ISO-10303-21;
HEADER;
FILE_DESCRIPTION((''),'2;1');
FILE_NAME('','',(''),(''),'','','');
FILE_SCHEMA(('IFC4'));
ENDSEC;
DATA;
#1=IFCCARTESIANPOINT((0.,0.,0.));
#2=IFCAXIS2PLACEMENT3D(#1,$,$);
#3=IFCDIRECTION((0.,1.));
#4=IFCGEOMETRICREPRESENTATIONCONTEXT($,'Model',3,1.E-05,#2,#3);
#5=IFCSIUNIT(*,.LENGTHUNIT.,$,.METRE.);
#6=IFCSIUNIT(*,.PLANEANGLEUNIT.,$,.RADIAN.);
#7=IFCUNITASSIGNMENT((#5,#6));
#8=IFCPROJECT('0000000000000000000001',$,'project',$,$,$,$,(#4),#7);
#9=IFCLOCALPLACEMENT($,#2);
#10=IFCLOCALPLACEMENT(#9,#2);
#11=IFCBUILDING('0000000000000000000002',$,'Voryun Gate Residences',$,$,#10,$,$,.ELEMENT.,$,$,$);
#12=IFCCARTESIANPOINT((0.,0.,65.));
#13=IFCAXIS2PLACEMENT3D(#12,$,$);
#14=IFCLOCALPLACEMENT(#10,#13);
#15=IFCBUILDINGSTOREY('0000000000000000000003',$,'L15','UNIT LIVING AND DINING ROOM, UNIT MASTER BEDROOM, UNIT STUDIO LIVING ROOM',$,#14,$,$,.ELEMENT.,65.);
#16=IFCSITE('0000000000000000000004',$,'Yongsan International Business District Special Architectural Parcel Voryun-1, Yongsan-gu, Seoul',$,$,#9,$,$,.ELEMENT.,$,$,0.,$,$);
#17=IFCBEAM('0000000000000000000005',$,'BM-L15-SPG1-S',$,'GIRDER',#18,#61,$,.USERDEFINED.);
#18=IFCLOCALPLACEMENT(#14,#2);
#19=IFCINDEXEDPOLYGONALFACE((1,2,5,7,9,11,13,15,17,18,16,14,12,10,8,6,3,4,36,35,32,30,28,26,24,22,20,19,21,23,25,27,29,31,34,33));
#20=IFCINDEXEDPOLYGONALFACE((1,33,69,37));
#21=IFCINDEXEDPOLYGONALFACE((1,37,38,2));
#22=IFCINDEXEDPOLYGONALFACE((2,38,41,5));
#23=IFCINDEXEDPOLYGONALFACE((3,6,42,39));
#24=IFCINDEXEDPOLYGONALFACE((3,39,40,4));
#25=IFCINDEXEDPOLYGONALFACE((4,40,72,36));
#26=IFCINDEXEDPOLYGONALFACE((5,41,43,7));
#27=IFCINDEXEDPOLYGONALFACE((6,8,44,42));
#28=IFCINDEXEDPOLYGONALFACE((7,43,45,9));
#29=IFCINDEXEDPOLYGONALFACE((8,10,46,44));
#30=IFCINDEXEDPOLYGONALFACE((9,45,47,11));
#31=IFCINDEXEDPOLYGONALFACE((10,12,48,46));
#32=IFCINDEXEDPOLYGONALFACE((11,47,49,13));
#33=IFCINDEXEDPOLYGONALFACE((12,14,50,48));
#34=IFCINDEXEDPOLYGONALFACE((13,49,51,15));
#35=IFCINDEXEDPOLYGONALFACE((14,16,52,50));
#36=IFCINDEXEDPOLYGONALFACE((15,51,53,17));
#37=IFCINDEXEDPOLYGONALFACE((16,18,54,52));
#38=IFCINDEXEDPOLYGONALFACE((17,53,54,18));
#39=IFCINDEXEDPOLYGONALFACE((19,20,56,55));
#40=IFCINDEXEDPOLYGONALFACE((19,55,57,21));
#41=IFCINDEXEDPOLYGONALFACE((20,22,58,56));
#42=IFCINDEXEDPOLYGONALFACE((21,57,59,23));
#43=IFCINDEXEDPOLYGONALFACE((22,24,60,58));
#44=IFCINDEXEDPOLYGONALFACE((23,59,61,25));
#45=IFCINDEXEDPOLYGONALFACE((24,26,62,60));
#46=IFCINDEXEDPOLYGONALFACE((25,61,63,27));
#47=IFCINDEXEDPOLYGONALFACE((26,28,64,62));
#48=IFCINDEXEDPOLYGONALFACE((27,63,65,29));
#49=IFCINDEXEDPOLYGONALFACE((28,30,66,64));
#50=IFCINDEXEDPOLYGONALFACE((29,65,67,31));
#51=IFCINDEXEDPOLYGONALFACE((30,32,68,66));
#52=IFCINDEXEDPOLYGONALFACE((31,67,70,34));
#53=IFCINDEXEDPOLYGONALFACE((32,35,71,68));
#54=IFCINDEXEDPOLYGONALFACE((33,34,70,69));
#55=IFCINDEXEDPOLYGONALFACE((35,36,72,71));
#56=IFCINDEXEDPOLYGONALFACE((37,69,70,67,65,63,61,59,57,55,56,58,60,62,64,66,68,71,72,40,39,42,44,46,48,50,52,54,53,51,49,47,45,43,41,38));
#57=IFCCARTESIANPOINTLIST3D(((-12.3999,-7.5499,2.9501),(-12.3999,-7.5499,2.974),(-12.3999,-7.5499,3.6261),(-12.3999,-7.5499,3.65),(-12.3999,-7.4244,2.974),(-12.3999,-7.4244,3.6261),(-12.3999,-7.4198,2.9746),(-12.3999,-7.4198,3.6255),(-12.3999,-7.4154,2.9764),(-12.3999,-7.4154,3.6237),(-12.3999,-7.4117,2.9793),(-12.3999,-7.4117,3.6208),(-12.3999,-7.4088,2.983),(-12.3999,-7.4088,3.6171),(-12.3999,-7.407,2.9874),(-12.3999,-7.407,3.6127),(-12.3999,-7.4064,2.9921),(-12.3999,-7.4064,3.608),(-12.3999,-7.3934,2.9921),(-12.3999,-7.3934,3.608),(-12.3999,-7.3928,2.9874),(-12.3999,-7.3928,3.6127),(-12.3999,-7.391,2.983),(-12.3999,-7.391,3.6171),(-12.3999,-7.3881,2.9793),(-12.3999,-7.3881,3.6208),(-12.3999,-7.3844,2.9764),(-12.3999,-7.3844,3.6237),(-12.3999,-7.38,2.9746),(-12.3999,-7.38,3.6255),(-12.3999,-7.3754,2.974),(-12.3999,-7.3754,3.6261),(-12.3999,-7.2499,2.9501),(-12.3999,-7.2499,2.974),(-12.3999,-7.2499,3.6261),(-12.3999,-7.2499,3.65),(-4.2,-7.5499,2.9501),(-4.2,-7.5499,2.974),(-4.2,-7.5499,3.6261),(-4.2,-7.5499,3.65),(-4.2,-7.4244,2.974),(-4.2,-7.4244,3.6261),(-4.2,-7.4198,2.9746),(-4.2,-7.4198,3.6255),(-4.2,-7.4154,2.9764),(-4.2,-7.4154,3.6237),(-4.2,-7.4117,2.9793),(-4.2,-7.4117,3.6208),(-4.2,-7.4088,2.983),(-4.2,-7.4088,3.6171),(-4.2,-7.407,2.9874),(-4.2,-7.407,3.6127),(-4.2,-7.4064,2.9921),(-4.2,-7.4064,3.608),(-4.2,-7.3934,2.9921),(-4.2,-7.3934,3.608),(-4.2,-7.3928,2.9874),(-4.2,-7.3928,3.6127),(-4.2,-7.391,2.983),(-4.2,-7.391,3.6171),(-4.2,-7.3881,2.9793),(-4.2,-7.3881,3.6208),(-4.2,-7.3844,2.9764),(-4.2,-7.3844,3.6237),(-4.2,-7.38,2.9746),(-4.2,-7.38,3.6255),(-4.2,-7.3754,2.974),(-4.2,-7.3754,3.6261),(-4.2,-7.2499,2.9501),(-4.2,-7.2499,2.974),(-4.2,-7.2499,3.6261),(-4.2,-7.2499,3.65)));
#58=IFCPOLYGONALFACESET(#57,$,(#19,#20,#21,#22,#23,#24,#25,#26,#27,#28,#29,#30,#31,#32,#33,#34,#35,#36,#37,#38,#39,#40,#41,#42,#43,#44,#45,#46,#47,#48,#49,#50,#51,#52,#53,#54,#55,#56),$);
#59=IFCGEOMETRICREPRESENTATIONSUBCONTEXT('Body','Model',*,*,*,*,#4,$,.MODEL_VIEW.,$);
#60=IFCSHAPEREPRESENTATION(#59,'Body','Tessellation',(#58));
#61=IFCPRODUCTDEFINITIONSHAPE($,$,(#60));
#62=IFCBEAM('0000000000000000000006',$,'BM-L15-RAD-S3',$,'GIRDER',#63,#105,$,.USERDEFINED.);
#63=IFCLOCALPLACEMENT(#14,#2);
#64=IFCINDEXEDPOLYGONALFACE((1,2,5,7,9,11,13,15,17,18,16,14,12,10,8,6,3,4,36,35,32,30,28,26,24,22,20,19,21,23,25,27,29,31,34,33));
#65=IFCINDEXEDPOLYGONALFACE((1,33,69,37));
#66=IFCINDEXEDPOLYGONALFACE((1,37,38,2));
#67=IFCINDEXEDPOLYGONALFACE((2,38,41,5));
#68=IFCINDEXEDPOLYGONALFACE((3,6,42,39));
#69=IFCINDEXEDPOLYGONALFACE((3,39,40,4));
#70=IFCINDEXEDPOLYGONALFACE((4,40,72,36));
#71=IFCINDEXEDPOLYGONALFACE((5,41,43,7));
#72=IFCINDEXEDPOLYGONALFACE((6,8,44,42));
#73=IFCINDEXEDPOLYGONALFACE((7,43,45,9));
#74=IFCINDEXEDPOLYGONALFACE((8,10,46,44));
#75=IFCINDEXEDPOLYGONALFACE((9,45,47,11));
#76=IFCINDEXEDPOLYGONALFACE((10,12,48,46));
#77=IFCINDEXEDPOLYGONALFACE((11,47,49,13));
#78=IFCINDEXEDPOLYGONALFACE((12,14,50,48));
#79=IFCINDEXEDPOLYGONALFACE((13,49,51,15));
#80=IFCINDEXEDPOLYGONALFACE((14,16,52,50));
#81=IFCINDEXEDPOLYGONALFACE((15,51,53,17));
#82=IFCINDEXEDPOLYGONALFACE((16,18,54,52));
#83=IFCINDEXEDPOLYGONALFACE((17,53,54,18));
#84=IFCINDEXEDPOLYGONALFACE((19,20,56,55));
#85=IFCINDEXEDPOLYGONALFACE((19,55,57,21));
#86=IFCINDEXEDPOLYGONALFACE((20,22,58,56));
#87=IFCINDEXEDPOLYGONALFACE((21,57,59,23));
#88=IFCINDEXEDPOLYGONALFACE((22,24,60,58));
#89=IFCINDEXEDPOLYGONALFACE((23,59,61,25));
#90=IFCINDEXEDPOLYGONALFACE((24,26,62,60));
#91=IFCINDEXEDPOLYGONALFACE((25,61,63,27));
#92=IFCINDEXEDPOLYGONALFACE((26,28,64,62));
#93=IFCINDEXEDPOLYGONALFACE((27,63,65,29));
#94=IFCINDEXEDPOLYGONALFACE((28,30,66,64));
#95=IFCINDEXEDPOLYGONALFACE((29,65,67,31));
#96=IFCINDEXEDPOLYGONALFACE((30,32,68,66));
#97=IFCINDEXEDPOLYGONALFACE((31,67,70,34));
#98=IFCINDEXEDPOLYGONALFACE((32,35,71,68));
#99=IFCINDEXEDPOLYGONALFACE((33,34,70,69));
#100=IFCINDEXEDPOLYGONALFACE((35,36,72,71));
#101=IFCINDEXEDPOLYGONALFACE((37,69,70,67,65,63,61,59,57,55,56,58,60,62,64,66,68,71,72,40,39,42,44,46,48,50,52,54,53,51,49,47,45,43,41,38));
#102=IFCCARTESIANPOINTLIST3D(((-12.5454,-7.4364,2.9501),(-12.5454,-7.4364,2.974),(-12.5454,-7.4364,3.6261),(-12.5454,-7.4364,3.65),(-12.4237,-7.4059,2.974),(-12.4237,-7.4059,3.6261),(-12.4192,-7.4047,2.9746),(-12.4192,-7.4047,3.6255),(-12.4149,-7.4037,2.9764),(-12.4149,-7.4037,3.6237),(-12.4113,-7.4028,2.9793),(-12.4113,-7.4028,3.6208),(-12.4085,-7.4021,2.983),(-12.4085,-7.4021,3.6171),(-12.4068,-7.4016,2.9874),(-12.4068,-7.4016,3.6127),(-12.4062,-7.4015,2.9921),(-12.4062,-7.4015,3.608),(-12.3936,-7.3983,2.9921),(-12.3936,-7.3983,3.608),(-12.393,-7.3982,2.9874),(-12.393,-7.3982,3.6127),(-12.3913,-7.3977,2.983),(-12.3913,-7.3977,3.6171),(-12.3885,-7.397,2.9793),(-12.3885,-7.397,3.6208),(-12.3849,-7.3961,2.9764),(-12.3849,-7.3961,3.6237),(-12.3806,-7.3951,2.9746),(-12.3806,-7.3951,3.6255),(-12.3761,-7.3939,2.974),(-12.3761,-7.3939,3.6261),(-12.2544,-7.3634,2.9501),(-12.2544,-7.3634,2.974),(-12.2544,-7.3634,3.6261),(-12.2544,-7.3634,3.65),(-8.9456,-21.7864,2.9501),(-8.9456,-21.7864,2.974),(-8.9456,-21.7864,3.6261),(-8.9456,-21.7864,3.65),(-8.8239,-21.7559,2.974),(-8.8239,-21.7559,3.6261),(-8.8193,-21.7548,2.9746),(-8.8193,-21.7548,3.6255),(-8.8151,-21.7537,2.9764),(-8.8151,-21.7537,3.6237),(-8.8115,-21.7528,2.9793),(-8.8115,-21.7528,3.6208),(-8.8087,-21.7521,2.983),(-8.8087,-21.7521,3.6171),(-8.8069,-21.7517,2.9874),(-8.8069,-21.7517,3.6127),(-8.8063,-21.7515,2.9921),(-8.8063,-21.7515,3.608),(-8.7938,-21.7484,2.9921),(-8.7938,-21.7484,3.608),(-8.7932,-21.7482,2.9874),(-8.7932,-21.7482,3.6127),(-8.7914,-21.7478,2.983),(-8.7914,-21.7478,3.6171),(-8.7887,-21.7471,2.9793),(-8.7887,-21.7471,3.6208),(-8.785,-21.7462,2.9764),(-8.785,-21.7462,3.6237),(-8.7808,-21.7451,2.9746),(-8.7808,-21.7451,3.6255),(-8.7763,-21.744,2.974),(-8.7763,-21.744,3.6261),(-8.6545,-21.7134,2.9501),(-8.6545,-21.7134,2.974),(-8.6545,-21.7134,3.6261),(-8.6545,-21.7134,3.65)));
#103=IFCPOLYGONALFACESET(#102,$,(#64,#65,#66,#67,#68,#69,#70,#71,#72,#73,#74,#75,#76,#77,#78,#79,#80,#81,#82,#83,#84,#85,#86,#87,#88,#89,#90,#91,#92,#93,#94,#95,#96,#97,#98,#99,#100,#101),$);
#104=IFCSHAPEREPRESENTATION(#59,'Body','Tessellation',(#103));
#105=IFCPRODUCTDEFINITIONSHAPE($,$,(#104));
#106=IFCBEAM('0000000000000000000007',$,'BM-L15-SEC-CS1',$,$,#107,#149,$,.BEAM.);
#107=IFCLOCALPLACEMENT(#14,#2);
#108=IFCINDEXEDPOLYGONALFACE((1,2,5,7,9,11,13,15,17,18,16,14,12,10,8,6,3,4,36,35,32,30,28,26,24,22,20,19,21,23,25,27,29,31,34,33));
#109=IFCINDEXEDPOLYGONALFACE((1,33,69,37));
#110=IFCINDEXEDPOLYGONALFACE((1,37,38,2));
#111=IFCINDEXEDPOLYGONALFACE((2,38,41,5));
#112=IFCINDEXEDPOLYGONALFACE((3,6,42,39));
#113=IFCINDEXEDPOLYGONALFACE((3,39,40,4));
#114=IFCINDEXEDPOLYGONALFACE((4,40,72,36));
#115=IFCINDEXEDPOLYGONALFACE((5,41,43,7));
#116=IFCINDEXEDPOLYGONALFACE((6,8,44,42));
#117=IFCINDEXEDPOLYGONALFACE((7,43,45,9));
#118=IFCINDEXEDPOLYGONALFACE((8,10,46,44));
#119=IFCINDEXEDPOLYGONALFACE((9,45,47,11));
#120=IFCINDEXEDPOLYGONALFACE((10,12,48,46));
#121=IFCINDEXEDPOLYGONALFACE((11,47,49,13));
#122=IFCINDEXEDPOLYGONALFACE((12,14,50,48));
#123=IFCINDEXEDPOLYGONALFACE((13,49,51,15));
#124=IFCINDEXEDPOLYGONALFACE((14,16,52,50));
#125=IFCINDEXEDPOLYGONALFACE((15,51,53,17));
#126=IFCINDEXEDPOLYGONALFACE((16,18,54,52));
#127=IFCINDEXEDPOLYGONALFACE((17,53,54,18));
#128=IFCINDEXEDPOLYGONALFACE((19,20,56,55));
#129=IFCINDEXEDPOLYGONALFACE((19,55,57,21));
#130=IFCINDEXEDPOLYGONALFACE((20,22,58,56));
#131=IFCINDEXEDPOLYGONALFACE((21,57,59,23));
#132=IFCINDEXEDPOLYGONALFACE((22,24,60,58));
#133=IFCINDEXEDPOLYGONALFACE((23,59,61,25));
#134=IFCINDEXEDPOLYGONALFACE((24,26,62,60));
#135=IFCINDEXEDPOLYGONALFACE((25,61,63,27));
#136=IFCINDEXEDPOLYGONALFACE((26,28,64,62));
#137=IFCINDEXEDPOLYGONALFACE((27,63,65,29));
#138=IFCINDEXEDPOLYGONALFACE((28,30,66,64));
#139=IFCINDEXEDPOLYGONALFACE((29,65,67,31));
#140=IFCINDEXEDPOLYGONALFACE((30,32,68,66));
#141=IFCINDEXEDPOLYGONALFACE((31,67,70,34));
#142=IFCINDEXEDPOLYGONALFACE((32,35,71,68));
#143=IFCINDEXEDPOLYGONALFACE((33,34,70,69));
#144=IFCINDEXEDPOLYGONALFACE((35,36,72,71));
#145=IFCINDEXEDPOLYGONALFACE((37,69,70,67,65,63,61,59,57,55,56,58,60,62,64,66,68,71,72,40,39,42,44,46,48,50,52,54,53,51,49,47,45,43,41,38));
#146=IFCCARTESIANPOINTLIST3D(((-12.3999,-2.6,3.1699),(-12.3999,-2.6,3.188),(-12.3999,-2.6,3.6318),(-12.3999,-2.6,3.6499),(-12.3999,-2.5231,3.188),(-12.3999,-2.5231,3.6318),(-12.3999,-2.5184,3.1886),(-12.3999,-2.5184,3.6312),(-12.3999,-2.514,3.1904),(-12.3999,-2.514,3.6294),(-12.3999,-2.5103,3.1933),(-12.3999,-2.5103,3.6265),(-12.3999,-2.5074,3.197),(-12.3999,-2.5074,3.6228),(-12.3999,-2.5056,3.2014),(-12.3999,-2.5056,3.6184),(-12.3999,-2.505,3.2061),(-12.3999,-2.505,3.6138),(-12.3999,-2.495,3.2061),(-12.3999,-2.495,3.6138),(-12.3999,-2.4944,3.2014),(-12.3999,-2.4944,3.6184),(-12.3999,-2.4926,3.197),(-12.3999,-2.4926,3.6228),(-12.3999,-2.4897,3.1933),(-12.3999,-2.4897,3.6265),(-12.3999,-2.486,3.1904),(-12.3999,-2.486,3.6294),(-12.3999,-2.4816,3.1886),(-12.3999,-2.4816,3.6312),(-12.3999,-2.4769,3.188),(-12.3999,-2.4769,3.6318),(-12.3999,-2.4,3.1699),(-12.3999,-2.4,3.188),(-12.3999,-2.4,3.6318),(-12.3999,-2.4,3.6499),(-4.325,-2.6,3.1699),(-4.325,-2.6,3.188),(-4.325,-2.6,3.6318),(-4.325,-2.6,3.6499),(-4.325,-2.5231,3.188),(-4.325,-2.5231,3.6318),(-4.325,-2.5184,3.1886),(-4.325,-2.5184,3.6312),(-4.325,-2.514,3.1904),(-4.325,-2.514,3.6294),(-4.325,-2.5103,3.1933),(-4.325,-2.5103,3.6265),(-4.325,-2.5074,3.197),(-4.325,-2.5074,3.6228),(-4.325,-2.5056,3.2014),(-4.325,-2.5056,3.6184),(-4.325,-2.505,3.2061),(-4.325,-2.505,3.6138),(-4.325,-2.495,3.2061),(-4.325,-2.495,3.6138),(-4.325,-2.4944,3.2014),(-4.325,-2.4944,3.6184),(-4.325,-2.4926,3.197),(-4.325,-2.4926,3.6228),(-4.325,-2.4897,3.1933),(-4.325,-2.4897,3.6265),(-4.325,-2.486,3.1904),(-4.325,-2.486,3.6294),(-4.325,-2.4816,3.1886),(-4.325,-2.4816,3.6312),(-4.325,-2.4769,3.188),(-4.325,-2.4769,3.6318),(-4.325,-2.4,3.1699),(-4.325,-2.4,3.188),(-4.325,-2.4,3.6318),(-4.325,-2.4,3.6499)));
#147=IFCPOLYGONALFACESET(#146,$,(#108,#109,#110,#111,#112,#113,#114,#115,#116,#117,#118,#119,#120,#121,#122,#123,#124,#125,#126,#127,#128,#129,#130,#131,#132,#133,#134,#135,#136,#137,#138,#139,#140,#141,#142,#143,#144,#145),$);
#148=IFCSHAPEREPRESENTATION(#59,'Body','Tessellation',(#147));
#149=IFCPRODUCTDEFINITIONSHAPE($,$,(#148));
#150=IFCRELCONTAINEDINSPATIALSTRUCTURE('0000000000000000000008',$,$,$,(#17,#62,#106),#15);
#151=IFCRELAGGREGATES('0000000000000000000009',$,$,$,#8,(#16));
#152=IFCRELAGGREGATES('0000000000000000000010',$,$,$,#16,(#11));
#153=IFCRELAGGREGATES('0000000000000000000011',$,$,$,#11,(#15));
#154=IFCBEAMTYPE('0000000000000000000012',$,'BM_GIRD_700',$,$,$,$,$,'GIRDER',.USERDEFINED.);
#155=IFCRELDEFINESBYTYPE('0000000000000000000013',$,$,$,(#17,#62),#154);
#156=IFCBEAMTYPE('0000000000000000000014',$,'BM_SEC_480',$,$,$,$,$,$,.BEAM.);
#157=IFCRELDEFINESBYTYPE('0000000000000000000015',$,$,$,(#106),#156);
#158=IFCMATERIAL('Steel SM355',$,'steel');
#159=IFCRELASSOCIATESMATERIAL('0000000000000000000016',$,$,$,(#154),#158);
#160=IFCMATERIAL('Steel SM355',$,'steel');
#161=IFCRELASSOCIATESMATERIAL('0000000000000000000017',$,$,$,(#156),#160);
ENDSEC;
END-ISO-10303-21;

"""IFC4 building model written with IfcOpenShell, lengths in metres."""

from ifc_helpers import new_model, si_unit, direction, frame, origin, origin_2d, place, context, subcontext, project, spatial, i_section, extrude, material, material_profile, profile_set, type_object, element, save


model = new_model("IFC4")

# Units and contexts
model_context = context("Model", 3, precision=1e-05, world=origin(), true_north=direction((0.0, 1.0)))
body_context = subcontext(model_context, "Body", "Model", "MODEL_VIEW")
ifc_project = project(units=[si_unit("LENGTHUNIT", "METRE"), si_unit("PLANEANGLEUNIT", "RADIAN")], contexts=[model_context])

# Site, building, storey
site_placement = place(None, origin())
site = spatial("IfcSite", under=ifc_project, at=site_placement, Name="Yongsan International Business District Special Architectural Parcel Voryun-1, Yongsan-gu, Seoul", CompositionType="ELEMENT", RefElevation=0.0)
building_placement = place(site_placement, origin())
building = spatial("IfcBuilding", under=site, at=building_placement, Name="Voryun Gate Residences", CompositionType="ELEMENT")
storey_placement = place(building_placement, frame((0.0, 0.0, 65.0)))
storey = spatial("IfcBuildingStorey", under=building, at=storey_placement, Name="L15", Description="UNIT LIVING AND DINING ROOM, UNIT MASTER BEDROOM, UNIT STUDIO LIVING ROOM", CompositionType="ELEMENT", Elevation=65.0)

# Beams
ifc_material_1 = material(Name="Steel SM355", Category="steel")
ifc_material_profile_1 = material_profile(ifc_material_1, i_section(OverallWidth=0.3, OverallDepth=0.7, WebThickness=0.0129, FlangeThickness=0.0239, FilletRadius=0.0181, at=origin_2d()), Name="H-700x300x13x24")
ifc_profile_set_1 = profile_set([ifc_material_profile_1], Name="Steel SM355")
beam_type_1 = type_object("IfcBeamType", Name="BM_GIRD_700", ElementType="GIRDER", PredefinedType="USERDEFINED", material=ifc_profile_set_1)
beam_1_placement = place(storey_placement, frame((-12.3999, -7.3999, 3.3), z_axis=(1.0, 0.0, 0.0), x_axis=(0.0, 1.0, 0.0)))
element("IfcBeam", 1, at=beam_1_placement, inside=storey, type_object=beam_type_1, Name="BM-L15-SPG1-S", ObjectType="GIRDER", PredefinedType="USERDEFINED", context=body_context, shape_type="SweptSolid", body=[
    extrude(i_section(OverallWidth=0.3, OverallDepth=0.7, WebThickness=0.0129, FlangeThickness=0.0239, FilletRadius=0.0181, at=origin_2d()), origin(), (0.0, 0.0, 1.0), 8.2),
])
beam_2_placement = place(storey_placement, frame((-12.3999, -7.3999, 3.3), z_axis=(0.24332, -0.969946, 0.0), x_axis=(0.969946, 0.24332, 0.0)))
element("IfcBeam", 2, at=beam_2_placement, inside=storey, type_object=beam_type_1, Name="BM-L15-RAD-S3", ObjectType="GIRDER", PredefinedType="USERDEFINED", context=body_context, shape_type="SweptSolid", body=[
    extrude(i_section(OverallWidth=0.3, OverallDepth=0.7, WebThickness=0.0129, FlangeThickness=0.0239, FilletRadius=0.0181, at=origin_2d()), origin(), (0.0, 0.0, 1.0), 14.7947),
])
ifc_material_2 = material(Name="Steel SM355", Category="steel")
ifc_material_profile_2 = material_profile(ifc_material_2, i_section(OverallWidth=0.2, OverallDepth=0.48, WebThickness=0.01, FlangeThickness=0.0181, FilletRadius=0.0181, at=origin_2d()), Name="H-480x200x10x18")
ifc_profile_set_2 = profile_set([ifc_material_profile_2], Name="Steel SM355")
beam_type_2 = type_object("IfcBeamType", Name="BM_SEC_480", PredefinedType="BEAM", material=ifc_profile_set_2)
beam_3_placement = place(storey_placement, frame((-12.3999, -2.5, 3.4099), z_axis=(1.0, 0.0, 0.0), x_axis=(0.0, 1.0, 0.0)))
element("IfcBeam", 3, at=beam_3_placement, inside=storey, type_object=beam_type_2, Name="BM-L15-SEC-CS1", PredefinedType="BEAM", context=body_context, shape_type="SweptSolid", body=[
    extrude(i_section(OverallWidth=0.2, OverallDepth=0.48, WebThickness=0.01, FlangeThickness=0.0181, FilletRadius=0.0181, at=origin_2d()), origin(), (0.0, 0.0, 1.0), 8.075),
])

save(model, "model.ifc")
